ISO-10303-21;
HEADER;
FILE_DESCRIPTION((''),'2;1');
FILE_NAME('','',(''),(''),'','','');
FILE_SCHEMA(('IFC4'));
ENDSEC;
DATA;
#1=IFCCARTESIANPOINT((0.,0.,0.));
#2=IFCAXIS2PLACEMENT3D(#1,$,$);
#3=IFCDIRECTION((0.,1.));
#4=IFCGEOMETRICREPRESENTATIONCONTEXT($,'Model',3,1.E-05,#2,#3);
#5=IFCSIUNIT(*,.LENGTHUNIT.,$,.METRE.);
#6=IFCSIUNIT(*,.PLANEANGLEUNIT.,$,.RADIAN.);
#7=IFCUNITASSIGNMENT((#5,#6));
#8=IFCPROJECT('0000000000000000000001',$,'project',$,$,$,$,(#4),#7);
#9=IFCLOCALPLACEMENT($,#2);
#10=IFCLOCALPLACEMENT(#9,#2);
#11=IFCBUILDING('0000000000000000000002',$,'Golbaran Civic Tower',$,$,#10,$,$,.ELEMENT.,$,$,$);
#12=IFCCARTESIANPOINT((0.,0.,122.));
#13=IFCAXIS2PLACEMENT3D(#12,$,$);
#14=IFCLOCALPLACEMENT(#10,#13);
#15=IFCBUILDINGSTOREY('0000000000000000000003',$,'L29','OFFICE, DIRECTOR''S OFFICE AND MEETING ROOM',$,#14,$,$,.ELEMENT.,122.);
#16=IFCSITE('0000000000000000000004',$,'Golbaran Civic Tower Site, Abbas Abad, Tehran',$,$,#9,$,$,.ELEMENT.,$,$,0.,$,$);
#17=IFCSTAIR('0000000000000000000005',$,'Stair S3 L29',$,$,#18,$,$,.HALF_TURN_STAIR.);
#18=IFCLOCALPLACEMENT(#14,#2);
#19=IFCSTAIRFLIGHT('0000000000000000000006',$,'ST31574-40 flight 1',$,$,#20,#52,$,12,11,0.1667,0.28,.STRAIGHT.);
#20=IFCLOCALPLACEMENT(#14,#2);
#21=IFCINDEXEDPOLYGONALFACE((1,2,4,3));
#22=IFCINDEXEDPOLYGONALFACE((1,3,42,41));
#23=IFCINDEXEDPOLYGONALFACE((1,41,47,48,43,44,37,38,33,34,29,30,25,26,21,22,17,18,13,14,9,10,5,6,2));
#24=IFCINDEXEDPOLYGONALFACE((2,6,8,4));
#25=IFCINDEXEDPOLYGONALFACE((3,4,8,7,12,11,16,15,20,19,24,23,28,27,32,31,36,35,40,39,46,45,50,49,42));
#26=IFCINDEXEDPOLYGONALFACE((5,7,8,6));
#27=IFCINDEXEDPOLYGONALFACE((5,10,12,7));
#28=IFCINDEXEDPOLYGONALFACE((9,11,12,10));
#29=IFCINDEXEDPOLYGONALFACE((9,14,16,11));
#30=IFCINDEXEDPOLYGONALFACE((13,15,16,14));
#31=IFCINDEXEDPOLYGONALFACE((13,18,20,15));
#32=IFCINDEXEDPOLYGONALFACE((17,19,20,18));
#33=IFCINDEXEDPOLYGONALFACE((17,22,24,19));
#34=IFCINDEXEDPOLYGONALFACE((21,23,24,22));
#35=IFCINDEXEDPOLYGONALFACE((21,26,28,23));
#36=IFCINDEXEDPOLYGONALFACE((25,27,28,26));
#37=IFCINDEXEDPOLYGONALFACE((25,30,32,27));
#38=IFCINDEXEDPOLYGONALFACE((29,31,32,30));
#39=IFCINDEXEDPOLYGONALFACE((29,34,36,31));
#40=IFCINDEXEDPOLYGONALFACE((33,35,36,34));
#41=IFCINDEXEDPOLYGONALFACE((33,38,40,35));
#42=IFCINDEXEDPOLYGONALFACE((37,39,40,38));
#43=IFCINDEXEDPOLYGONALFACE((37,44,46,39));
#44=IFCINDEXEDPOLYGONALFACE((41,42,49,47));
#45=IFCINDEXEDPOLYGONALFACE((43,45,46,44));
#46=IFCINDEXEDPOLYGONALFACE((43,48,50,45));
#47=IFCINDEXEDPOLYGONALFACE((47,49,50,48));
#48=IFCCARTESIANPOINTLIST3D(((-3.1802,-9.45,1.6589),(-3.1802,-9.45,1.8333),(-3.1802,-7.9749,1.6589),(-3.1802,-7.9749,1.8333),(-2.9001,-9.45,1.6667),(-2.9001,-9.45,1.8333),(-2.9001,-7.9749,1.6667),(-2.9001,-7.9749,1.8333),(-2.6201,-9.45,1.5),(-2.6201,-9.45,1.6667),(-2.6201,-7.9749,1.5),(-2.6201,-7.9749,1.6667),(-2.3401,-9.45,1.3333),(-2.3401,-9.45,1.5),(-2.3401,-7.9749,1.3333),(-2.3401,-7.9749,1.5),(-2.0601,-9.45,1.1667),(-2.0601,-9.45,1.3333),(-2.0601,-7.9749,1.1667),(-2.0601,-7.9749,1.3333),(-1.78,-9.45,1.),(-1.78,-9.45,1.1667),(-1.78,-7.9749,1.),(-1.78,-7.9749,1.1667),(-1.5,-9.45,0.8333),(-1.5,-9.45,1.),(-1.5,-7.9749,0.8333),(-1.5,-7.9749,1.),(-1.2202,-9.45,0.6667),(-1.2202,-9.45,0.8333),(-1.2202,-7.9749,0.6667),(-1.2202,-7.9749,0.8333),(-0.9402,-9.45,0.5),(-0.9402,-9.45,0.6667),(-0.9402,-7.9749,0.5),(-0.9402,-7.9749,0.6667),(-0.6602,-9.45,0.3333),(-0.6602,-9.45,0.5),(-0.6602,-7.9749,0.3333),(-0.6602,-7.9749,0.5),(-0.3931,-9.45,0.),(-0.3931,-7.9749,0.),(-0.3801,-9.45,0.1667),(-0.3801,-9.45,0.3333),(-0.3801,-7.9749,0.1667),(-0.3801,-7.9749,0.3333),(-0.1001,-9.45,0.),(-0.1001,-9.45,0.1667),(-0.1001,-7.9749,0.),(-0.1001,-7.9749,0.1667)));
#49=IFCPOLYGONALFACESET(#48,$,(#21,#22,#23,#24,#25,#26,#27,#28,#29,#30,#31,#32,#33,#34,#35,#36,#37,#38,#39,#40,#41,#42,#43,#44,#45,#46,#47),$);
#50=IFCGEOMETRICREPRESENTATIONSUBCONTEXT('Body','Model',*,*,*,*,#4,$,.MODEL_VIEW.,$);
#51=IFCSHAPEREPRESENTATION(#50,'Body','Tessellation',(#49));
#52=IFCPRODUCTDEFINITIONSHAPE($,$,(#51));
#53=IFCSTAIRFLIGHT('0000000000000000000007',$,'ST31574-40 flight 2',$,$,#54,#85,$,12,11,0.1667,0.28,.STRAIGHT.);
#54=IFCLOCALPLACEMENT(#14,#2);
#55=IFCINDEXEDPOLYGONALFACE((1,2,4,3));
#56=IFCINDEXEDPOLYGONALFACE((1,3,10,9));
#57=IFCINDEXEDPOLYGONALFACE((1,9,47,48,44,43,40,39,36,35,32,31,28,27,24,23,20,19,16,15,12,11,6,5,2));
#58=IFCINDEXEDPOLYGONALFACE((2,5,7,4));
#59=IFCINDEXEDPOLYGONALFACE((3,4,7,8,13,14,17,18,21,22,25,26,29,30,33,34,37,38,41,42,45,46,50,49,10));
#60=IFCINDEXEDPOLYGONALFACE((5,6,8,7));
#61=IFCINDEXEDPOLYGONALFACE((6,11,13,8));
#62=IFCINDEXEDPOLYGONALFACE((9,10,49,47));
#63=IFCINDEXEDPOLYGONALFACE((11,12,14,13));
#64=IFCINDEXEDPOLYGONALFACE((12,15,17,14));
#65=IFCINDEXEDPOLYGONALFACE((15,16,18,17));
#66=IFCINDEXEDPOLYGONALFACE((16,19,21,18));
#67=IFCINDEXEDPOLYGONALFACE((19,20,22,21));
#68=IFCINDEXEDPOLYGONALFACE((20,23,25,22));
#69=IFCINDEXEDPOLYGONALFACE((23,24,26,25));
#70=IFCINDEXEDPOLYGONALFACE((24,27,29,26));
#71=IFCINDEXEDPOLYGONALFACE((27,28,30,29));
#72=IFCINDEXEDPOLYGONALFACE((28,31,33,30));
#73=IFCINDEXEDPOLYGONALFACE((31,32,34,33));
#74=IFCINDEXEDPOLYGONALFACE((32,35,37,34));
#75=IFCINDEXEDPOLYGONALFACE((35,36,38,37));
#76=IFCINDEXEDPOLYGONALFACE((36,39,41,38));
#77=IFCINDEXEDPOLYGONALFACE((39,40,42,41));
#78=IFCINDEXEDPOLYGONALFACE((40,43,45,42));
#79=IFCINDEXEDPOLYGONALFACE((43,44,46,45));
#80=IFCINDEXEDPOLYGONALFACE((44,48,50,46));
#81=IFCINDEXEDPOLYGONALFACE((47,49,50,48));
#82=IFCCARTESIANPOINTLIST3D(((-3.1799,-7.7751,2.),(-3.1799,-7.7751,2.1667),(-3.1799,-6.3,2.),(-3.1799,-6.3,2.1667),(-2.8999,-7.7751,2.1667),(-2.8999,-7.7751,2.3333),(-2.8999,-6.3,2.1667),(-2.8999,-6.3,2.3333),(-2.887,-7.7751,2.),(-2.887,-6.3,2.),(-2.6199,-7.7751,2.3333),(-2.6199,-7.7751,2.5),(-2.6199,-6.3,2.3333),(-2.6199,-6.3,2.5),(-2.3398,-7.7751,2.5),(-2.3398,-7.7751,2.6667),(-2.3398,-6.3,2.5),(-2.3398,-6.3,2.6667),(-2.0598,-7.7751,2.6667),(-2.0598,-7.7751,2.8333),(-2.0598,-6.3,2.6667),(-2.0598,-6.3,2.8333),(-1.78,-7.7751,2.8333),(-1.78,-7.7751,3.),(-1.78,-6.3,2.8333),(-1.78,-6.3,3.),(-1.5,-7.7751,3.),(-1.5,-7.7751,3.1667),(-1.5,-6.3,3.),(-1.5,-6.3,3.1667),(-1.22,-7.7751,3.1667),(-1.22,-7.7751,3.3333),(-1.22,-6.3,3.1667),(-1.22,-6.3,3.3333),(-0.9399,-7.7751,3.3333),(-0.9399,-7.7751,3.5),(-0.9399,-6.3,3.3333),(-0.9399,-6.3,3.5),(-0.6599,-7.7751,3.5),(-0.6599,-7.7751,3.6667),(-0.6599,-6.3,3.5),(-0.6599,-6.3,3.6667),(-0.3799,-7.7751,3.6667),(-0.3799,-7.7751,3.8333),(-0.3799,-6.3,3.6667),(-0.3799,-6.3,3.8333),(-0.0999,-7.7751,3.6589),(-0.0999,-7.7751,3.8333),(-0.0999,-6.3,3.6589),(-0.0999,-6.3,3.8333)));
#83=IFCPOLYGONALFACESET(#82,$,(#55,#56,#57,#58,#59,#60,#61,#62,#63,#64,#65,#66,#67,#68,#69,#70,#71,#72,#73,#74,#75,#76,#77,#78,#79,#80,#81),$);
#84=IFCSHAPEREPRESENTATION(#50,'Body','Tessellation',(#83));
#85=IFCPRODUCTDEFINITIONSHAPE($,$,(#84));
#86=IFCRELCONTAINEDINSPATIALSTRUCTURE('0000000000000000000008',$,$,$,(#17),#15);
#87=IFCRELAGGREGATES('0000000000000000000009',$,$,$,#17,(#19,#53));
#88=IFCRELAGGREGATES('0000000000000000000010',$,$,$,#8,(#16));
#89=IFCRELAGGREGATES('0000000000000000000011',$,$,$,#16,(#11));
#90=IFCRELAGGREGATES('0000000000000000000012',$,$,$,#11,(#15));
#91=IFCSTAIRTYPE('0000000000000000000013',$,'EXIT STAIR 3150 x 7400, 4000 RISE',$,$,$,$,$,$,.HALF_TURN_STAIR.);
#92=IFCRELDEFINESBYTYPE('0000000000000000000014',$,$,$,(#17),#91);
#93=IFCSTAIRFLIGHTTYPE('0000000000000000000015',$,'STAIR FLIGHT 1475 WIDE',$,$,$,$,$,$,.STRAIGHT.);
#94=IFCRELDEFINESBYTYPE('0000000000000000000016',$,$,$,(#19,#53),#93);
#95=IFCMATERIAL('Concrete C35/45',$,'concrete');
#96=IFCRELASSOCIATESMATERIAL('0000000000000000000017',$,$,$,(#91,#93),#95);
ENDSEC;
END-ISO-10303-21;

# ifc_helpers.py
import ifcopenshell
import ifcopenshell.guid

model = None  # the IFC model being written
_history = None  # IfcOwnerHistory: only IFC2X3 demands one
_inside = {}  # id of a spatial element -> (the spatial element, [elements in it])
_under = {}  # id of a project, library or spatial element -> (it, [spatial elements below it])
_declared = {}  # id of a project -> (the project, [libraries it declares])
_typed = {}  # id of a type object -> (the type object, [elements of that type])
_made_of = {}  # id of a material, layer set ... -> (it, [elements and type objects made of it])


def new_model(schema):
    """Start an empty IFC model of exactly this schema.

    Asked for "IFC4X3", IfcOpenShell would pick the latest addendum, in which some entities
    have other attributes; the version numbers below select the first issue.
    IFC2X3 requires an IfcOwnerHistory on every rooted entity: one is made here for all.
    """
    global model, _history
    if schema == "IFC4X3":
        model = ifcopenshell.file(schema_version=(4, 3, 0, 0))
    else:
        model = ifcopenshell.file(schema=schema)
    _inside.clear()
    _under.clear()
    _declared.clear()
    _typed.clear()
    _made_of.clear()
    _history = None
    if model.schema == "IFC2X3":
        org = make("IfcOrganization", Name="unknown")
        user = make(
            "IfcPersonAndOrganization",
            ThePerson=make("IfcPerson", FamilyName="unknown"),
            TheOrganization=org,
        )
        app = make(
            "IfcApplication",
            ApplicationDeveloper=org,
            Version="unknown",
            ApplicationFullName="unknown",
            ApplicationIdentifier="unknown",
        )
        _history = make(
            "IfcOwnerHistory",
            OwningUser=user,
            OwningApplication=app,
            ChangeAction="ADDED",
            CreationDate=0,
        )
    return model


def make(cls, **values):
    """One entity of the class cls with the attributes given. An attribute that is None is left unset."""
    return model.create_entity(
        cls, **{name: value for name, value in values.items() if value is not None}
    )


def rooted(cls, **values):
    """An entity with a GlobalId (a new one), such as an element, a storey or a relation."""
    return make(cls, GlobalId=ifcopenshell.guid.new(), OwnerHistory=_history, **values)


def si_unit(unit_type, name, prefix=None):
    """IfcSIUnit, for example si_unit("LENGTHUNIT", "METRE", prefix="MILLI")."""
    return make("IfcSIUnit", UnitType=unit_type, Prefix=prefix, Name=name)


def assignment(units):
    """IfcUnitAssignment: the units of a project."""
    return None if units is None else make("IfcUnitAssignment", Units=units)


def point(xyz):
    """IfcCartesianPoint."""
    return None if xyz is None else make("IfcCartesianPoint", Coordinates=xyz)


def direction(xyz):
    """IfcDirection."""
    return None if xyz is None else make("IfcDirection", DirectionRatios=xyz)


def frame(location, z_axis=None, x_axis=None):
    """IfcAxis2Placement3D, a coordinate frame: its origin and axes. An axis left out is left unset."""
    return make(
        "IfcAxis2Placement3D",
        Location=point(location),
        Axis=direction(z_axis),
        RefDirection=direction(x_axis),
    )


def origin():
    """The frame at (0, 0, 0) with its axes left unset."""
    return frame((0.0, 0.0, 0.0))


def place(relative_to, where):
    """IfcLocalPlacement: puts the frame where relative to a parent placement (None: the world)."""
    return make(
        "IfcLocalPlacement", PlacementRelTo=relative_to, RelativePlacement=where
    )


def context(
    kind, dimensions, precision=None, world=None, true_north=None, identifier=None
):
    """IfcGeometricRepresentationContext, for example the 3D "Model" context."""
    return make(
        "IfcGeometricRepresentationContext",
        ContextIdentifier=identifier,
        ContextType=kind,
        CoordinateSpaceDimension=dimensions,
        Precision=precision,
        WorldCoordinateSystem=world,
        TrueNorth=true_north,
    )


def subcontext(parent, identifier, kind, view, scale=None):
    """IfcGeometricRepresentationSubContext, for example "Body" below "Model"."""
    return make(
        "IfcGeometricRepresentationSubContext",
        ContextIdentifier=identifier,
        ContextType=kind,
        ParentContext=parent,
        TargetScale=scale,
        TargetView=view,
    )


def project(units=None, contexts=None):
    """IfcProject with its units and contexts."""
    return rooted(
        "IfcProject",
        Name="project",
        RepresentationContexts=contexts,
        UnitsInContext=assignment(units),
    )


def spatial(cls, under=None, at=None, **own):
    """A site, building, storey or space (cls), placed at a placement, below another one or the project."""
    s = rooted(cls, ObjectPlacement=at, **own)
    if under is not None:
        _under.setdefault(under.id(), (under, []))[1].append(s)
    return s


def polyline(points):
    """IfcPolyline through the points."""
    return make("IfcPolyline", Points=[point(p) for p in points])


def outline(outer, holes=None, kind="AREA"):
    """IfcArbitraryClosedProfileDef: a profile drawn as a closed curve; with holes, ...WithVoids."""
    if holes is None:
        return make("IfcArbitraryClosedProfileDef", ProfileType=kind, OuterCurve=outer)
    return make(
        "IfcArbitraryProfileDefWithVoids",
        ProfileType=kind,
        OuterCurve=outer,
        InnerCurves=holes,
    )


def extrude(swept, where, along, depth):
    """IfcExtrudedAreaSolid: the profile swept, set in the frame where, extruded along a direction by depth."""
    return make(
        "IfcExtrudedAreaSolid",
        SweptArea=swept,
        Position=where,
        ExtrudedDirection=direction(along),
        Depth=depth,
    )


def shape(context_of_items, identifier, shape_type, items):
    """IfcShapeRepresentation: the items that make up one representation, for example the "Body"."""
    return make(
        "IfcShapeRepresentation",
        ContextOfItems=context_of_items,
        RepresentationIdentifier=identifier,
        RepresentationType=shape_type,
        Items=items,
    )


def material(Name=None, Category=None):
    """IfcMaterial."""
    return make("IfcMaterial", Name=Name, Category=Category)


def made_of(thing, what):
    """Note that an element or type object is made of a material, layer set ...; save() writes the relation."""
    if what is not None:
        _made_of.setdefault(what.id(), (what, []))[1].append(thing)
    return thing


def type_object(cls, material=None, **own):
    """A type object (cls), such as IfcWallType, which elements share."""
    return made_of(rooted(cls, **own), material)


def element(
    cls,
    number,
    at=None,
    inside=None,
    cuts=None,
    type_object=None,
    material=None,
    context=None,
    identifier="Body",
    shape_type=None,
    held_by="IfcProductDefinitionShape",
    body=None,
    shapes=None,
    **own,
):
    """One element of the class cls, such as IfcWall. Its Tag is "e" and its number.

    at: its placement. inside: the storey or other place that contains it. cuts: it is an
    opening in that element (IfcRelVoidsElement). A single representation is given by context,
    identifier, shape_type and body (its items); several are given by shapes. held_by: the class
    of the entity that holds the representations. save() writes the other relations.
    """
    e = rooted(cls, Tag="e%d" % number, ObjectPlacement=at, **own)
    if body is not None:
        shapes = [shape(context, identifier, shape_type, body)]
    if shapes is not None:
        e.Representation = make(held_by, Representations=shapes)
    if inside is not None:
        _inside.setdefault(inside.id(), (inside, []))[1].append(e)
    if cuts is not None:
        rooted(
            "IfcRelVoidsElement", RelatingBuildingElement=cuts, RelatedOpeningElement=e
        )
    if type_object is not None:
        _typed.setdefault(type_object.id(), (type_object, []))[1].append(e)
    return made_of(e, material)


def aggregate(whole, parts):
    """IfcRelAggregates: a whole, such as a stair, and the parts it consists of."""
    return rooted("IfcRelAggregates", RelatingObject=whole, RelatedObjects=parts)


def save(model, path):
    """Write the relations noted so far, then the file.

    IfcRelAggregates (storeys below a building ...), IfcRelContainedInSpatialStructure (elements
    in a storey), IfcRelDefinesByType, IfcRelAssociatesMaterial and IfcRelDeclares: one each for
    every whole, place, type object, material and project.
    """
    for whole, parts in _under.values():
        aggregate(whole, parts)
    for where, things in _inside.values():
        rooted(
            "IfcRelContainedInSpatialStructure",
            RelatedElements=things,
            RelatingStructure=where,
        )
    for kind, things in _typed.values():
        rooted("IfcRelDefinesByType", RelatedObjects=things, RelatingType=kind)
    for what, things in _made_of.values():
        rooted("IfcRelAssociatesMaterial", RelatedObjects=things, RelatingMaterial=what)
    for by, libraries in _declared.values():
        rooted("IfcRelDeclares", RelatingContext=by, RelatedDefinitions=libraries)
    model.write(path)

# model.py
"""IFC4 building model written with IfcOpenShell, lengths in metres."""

from ifc_helpers import new_model, si_unit, direction, frame, origin, place, context, subcontext, project, spatial, polyline, outline, extrude, material, type_object, element, aggregate, save


model = new_model("IFC4")

# Units and contexts
model_context = context("Model", 3, precision=1e-05, world=origin(), true_north=direction((0.0, 1.0)))
body_context = subcontext(model_context, "Body", "Model", "MODEL_VIEW")
ifc_project = project(units=[si_unit("LENGTHUNIT", "METRE"), si_unit("PLANEANGLEUNIT", "RADIAN")], contexts=[model_context])

# Site, building, storey
site_placement = place(None, origin())
site = spatial("IfcSite", under=ifc_project, at=site_placement, Name="Golbaran Civic Tower Site, Abbas Abad, Tehran", CompositionType="ELEMENT", RefElevation=0.0)
building_placement = place(site_placement, origin())
building = spatial("IfcBuilding", under=site, at=building_placement, Name="Golbaran Civic Tower", CompositionType="ELEMENT")
storey_placement = place(building_placement, frame((0.0, 0.0, 122.0)))
storey = spatial("IfcBuildingStorey", under=building, at=storey_placement, Name="L29", Description="OFFICE, DIRECTOR'S OFFICE AND MEETING ROOM", CompositionType="ELEMENT", Elevation=122.0)

# Shared definitions
ifc_material_1 = material(Name="Concrete C35/45", Category="concrete")

# Stair, stair flights
stair_type_1 = type_object("IfcStairType", Name="EXIT STAIR 3150 x 7400, 4000 RISE", PredefinedType="HALF_TURN_STAIR", material=ifc_material_1)
stair_1_placement = place(storey_placement, origin())
stair_1 = element("IfcStair", 1, at=stair_1_placement, inside=storey, type_object=stair_type_1, Name="Stair S3 L29", PredefinedType="HALF_TURN_STAIR")
stair_flight_type = type_object("IfcStairFlightType", Name="STAIR FLIGHT 1475 WIDE", PredefinedType="STRAIGHT", material=ifc_material_1)
stair_flight_1_placement = place(storey_placement, frame((-0.1001, -8.7124, 0.0), z_axis=(0.0, 0.0, 1.0), x_axis=(-1.0, 0.0, 0.0)))
stair_flight_1 = element("IfcStairFlight", 2, at=stair_flight_1_placement, type_object=stair_flight_type, Name="ST31574-40 flight 1", NumberOfRisers=12, NumberOfTreads=11, PredefinedType="STRAIGHT", RiserHeight=0.1667, TreadLength=0.28, context=body_context, shape_type="SweptSolid", body=[
    extrude(outline(polyline([(0.0, 0.0), (0.0, 0.1667), (0.28, 0.1667), (0.28, 0.3333), (0.5601, 0.3333), (0.5601, 0.5), (0.8401, 0.5), (0.8401, 0.6667), (1.1201, 0.6667), (1.1201, 0.8333), (1.3999, 0.8333), (1.3999, 1.0), (1.6799, 1.0), (1.6799, 1.1667), (1.96, 1.1667), (1.96, 1.3333), (2.24, 1.3333), (2.24, 1.5), (2.52, 1.5), (2.52, 1.6667), (2.8, 1.6667), (2.8, 1.8333), (3.0801, 1.8333), (3.0801, 2.0), (3.0801, 1.6589), (0.293, 0.0), (0.0, 0.0)])), frame((0.0, 0.7375, 0.0), z_axis=(0.0, -1.0, 0.0), x_axis=(1.0, 0.0, 0.0)), (0.0, 0.0, 1.0), 1.4751),
])
stair_flight_2_placement = place(storey_placement, frame((-3.1799, -7.0376, 2.0), z_axis=(0.0, 0.0, 1.0), x_axis=(1.0, 0.0, 0.0)))
stair_flight_2 = element("IfcStairFlight", 3, at=stair_flight_2_placement, type_object=stair_flight_type, Name="ST31574-40 flight 2", NumberOfRisers=12, NumberOfTreads=11, PredefinedType="STRAIGHT", RiserHeight=0.1667, TreadLength=0.28, context=body_context, shape_type="SweptSolid", body=[
    extrude(outline(polyline([(0.0, 0.0), (0.0, 0.1667), (0.28, 0.1667), (0.28, 0.3333), (0.5601, 0.3333), (0.5601, 0.5), (0.8401, 0.5), (0.8401, 0.6667), (1.1201, 0.6667), (1.1201, 0.8333), (1.3999, 0.8333), (1.3999, 1.0), (1.6799, 1.0), (1.6799, 1.1667), (1.96, 1.1667), (1.96, 1.3333), (2.24, 1.3333), (2.24, 1.5), (2.52, 1.5), (2.52, 1.6667), (2.8, 1.6667), (2.8, 1.8333), (3.0801, 1.8333), (3.0801, 2.0), (3.0801, 1.6589), (0.293, 0.0), (0.0, 0.0)])), frame((0.0, 0.7375, 0.0), z_axis=(0.0, -1.0, 0.0), x_axis=(1.0, 0.0, 0.0)), (0.0, 0.0, 1.0), 1.4751),
])
aggregate(stair_1, [stair_flight_1, stair_flight_2])

save(model, "model.ifc")
